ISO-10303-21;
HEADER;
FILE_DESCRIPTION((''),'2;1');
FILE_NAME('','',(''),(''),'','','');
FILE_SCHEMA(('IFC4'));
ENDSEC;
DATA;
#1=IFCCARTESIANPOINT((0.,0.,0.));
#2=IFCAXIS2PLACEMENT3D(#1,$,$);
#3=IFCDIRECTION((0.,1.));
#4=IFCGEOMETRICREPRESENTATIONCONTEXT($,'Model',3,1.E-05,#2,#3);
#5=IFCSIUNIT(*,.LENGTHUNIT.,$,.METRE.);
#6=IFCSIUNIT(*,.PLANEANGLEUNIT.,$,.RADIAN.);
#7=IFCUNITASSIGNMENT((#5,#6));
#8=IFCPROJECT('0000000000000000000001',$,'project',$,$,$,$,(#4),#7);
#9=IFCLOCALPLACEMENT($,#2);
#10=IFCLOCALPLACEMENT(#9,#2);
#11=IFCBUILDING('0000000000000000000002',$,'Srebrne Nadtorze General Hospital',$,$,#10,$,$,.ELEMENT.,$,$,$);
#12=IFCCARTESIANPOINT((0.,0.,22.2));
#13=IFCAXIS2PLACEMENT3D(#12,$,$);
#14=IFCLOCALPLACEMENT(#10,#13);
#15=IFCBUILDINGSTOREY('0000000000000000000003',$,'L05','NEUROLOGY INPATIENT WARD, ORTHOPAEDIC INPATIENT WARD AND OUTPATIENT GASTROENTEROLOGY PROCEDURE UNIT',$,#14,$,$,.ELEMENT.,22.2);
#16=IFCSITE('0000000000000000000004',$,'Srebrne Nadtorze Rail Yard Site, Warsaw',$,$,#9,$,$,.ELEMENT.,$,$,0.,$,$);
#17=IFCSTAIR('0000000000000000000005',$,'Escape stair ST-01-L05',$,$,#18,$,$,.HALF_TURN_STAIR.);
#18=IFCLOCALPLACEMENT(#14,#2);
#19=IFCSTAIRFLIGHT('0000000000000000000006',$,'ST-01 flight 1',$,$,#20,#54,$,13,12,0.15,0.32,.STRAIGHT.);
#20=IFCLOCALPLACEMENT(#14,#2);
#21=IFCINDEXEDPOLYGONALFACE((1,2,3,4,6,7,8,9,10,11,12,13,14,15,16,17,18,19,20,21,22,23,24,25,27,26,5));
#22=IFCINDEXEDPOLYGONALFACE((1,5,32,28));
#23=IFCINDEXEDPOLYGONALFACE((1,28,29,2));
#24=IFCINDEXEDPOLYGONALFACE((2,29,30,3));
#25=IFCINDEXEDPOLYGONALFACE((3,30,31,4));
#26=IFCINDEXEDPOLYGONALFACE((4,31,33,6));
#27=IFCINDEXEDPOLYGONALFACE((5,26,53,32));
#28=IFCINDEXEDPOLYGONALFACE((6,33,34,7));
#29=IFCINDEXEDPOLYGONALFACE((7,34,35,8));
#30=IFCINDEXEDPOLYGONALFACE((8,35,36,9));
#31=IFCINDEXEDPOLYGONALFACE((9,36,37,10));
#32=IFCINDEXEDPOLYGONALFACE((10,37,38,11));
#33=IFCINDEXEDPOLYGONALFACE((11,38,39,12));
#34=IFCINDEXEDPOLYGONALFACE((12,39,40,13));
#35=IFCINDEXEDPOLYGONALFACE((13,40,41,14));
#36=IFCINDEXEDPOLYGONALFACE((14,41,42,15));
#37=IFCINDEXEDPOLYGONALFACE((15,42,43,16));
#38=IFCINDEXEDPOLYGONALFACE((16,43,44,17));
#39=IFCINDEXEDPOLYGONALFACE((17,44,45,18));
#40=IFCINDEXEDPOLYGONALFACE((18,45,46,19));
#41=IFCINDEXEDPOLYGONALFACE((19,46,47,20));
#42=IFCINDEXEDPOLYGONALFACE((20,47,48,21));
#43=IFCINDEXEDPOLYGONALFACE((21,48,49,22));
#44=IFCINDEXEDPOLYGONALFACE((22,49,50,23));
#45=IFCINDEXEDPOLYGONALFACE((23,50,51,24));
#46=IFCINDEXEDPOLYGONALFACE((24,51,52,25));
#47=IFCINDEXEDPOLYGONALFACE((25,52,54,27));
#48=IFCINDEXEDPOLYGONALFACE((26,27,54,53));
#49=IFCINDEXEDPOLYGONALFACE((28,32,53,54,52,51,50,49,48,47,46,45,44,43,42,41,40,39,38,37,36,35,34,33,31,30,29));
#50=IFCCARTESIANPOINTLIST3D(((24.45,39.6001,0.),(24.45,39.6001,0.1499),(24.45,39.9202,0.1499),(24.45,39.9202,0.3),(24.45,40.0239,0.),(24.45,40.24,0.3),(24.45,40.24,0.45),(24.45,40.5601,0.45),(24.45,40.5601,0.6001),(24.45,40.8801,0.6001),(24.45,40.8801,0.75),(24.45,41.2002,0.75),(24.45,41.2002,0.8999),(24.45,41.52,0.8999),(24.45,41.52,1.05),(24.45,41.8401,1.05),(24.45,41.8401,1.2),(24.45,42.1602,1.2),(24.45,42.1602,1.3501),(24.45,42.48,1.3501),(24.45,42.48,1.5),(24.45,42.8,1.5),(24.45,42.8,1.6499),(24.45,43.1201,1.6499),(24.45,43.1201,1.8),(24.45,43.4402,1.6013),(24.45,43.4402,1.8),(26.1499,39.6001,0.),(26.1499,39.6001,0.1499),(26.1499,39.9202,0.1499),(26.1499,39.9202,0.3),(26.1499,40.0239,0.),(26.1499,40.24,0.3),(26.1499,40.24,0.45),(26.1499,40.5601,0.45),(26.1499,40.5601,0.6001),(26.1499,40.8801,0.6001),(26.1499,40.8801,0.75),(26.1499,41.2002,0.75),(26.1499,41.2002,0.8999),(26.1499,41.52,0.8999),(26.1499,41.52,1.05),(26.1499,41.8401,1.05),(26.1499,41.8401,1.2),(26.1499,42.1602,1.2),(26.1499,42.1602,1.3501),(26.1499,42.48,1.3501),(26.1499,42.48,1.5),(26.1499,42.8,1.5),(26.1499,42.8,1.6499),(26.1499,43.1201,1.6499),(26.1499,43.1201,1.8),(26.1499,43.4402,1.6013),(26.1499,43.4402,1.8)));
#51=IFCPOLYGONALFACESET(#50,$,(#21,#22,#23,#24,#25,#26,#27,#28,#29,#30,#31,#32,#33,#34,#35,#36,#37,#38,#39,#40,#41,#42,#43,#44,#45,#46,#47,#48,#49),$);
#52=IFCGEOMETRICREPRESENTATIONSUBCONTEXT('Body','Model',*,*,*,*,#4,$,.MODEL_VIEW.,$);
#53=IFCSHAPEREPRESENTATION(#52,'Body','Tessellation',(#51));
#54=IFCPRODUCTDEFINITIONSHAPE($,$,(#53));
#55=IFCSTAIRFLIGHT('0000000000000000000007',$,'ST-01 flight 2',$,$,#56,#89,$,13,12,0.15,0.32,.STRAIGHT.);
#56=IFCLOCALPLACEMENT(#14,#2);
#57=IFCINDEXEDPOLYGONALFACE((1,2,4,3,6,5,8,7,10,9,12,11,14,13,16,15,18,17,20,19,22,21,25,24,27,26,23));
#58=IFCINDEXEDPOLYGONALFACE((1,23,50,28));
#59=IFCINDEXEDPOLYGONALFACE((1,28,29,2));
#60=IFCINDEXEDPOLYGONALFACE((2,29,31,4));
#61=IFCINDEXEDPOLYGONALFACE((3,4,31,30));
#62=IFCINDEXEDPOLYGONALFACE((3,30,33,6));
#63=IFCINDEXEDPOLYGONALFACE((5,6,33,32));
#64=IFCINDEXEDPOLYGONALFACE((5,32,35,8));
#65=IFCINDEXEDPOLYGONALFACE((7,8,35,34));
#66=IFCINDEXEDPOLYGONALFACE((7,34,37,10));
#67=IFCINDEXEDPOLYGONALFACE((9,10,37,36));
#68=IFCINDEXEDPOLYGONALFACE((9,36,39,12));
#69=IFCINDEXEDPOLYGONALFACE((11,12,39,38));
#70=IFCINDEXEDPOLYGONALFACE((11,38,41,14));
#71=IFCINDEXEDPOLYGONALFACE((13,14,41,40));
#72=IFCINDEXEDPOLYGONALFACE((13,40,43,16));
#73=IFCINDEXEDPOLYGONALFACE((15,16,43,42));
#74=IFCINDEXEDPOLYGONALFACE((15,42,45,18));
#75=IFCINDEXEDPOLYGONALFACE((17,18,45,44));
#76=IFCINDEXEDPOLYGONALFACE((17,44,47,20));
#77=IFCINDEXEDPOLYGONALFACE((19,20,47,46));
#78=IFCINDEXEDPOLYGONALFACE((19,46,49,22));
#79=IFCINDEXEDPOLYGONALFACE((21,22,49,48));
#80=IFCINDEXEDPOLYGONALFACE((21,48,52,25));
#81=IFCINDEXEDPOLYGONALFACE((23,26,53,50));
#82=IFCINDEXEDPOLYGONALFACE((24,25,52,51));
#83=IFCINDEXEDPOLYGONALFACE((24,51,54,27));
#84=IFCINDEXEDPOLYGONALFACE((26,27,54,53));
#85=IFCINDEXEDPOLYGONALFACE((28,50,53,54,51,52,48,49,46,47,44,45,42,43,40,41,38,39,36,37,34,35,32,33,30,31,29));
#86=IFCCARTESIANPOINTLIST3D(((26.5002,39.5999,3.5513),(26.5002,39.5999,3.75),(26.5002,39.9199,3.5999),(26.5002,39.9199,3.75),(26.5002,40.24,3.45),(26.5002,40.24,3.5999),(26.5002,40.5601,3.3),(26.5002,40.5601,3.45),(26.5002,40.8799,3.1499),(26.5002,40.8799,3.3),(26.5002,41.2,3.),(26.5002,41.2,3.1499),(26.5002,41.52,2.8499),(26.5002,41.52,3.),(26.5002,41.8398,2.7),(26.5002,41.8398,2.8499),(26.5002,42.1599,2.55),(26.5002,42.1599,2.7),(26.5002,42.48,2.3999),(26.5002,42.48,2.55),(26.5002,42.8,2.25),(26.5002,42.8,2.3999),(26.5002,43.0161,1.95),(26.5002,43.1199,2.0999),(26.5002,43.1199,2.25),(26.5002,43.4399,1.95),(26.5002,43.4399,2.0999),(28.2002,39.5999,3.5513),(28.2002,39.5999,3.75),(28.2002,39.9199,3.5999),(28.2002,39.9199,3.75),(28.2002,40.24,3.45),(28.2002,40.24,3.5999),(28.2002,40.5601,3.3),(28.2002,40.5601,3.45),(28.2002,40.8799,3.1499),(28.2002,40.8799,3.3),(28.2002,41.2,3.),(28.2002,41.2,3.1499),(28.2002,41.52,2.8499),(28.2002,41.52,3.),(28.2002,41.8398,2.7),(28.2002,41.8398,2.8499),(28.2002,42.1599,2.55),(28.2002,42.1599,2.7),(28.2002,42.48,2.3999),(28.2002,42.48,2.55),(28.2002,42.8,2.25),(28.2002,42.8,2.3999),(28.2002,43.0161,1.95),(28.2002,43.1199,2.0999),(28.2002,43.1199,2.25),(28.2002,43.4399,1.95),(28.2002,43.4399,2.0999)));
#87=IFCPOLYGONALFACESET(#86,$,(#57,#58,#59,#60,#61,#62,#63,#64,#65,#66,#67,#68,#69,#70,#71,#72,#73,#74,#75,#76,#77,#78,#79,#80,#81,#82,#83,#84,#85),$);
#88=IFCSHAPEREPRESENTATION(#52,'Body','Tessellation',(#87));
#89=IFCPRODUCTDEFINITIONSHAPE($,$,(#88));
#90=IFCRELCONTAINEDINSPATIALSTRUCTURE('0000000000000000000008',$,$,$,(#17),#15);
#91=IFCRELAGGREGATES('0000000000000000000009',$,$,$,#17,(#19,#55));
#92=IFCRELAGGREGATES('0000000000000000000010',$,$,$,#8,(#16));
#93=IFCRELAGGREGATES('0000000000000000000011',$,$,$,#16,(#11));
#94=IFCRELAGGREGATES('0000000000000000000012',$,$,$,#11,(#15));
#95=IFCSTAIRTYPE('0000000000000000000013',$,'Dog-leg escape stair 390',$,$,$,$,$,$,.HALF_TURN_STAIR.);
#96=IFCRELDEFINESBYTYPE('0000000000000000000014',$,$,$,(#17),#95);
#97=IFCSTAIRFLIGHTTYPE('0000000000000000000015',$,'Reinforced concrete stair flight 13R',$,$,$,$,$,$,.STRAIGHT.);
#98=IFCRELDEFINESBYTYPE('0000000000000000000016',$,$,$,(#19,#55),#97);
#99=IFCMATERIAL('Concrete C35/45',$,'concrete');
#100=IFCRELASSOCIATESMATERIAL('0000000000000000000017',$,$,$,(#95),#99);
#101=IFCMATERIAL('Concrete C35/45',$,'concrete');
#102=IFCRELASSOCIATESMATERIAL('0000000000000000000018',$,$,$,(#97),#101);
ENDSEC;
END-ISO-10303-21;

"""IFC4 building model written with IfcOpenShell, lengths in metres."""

from ifc_helpers import new_model, si_unit, direction, frame, origin, place, context, subcontext, project, spatial, polyline, outline, extrude, material, type_object, element, aggregate, save


model = new_model("IFC4")

# Units and contexts
model_context = context("Model", 3, precision=1e-05, world=origin(), true_north=direction((0.0, 1.0)))
body_context = subcontext(model_context, "Body", "Model", "MODEL_VIEW")
ifc_project = project(units=[si_unit("LENGTHUNIT", "METRE"), si_unit("PLANEANGLEUNIT", "RADIAN")], contexts=[model_context])

# Site, building, storey
site_placement = place(None, origin())
site = spatial("IfcSite", under=ifc_project, at=site_placement, Name="Srebrne Nadtorze Rail Yard Site, Warsaw", CompositionType="ELEMENT", RefElevation=0.0)
building_placement = place(site_placement, origin())
building = spatial("IfcBuilding", under=site, at=building_placement, Name="Srebrne Nadtorze General Hospital", CompositionType="ELEMENT")
storey_placement = place(building_placement, frame((0.0, 0.0, 22.2)))
storey = spatial("IfcBuildingStorey", under=building, at=storey_placement, Name="L05", Description="NEUROLOGY INPATIENT WARD, ORTHOPAEDIC INPATIENT WARD AND OUTPATIENT GASTROENTEROLOGY PROCEDURE UNIT", CompositionType="ELEMENT", Elevation=22.2)

# Stair, stair flights
ifc_material_1 = material(Name="Concrete C35/45", Category="concrete")
stair_type = type_object("IfcStairType", Name="Dog-leg escape stair 390", PredefinedType="HALF_TURN_STAIR", material=ifc_material_1)
stair_placement = place(storey_placement, origin())
stair = element("IfcStair", 1, at=stair_placement, inside=storey, type_object=stair_type, Name="Escape stair ST-01-L05", PredefinedType="HALF_TURN_STAIR")
ifc_material_2 = material(Name="Concrete C35/45", Category="concrete")
stair_flight_type = type_object("IfcStairFlightType", Name="Reinforced concrete stair flight 13R", PredefinedType="STRAIGHT", material=ifc_material_2)
stair_flight_1_placement = place(storey_placement, frame((25.3, 39.6001, 0.0), z_axis=(0.0, 0.0, 1.0), x_axis=(0.0, 1.0, 0.0)))
stair_flight_1 = element("IfcStairFlight", 2, at=stair_flight_1_placement, type_object=stair_flight_type, Name="ST-01 flight 1", NumberOfRisers=13, NumberOfTreads=12, PredefinedType="STRAIGHT", RiserHeight=0.15, TreadLength=0.32, context=body_context, shape_type="SweptSolid", body=[
    extrude(outline(polyline([(0.0, 0.0), (0.0, 0.1499), (0.3201, 0.1499), (0.3201, 0.3), (0.6399, 0.3), (0.6399, 0.45), (0.96, 0.45), (0.96, 0.6001), (1.28, 0.6001), (1.28, 0.75), (1.6001, 0.75), (1.6001, 0.8999), (1.9199, 0.8999), (1.9199, 1.05), (2.24, 1.05), (2.24, 1.2), (2.5601, 1.2), (2.5601, 1.3501), (2.8799, 1.3501), (2.8799, 1.5), (3.2, 1.5), (3.2, 1.6499), (3.52, 1.6499), (3.52, 1.8), (3.8401, 1.8), (3.8401, 1.95), (3.8401, 1.6013), (0.4238, 0.0), (0.0, 0.0)])), frame((0.0, 0.8501, 0.0), z_axis=(0.0, -1.0, 0.0), x_axis=(1.0, 0.0, 0.0)), (0.0, 0.0, 1.0), 1.7),
])
stair_flight_2_placement = place(storey_placement, frame((27.3501, 43.4399, 1.95), z_axis=(0.0, 0.0, 1.0), x_axis=(0.0, -1.0, 0.0)))
stair_flight_2 = element("IfcStairFlight", 3, at=stair_flight_2_placement, type_object=stair_flight_type, Name="ST-01 flight 2", NumberOfRisers=13, NumberOfTreads=12, PredefinedType="STRAIGHT", RiserHeight=0.15, TreadLength=0.32, context=body_context, shape_type="SweptSolid", body=[
    extrude(outline(polyline([(0.0, 0.0), (0.0, 0.1499), (0.3201, 0.1499), (0.3201, 0.3), (0.6399, 0.3), (0.6399, 0.45), (0.96, 0.45), (0.96, 0.6001), (1.28, 0.6001), (1.28, 0.75), (1.6001, 0.75), (1.6001, 0.8999), (1.9199, 0.8999), (1.9199, 1.05), (2.24, 1.05), (2.24, 1.2), (2.5601, 1.2), (2.5601, 1.3501), (2.8799, 1.3501), (2.8799, 1.5), (3.2, 1.5), (3.2, 1.6499), (3.52, 1.6499), (3.52, 1.8), (3.8401, 1.8), (3.8401, 1.95), (3.8401, 1.6013), (0.4238, 0.0), (0.0, 0.0)])), frame((0.0, 0.8501, 0.0), z_axis=(0.0, -1.0, 0.0), x_axis=(1.0, 0.0, 0.0)), (0.0, 0.0, 1.0), 1.7),
])
aggregate(stair, [stair_flight_1, stair_flight_2])

save(model, "model.ifc")
